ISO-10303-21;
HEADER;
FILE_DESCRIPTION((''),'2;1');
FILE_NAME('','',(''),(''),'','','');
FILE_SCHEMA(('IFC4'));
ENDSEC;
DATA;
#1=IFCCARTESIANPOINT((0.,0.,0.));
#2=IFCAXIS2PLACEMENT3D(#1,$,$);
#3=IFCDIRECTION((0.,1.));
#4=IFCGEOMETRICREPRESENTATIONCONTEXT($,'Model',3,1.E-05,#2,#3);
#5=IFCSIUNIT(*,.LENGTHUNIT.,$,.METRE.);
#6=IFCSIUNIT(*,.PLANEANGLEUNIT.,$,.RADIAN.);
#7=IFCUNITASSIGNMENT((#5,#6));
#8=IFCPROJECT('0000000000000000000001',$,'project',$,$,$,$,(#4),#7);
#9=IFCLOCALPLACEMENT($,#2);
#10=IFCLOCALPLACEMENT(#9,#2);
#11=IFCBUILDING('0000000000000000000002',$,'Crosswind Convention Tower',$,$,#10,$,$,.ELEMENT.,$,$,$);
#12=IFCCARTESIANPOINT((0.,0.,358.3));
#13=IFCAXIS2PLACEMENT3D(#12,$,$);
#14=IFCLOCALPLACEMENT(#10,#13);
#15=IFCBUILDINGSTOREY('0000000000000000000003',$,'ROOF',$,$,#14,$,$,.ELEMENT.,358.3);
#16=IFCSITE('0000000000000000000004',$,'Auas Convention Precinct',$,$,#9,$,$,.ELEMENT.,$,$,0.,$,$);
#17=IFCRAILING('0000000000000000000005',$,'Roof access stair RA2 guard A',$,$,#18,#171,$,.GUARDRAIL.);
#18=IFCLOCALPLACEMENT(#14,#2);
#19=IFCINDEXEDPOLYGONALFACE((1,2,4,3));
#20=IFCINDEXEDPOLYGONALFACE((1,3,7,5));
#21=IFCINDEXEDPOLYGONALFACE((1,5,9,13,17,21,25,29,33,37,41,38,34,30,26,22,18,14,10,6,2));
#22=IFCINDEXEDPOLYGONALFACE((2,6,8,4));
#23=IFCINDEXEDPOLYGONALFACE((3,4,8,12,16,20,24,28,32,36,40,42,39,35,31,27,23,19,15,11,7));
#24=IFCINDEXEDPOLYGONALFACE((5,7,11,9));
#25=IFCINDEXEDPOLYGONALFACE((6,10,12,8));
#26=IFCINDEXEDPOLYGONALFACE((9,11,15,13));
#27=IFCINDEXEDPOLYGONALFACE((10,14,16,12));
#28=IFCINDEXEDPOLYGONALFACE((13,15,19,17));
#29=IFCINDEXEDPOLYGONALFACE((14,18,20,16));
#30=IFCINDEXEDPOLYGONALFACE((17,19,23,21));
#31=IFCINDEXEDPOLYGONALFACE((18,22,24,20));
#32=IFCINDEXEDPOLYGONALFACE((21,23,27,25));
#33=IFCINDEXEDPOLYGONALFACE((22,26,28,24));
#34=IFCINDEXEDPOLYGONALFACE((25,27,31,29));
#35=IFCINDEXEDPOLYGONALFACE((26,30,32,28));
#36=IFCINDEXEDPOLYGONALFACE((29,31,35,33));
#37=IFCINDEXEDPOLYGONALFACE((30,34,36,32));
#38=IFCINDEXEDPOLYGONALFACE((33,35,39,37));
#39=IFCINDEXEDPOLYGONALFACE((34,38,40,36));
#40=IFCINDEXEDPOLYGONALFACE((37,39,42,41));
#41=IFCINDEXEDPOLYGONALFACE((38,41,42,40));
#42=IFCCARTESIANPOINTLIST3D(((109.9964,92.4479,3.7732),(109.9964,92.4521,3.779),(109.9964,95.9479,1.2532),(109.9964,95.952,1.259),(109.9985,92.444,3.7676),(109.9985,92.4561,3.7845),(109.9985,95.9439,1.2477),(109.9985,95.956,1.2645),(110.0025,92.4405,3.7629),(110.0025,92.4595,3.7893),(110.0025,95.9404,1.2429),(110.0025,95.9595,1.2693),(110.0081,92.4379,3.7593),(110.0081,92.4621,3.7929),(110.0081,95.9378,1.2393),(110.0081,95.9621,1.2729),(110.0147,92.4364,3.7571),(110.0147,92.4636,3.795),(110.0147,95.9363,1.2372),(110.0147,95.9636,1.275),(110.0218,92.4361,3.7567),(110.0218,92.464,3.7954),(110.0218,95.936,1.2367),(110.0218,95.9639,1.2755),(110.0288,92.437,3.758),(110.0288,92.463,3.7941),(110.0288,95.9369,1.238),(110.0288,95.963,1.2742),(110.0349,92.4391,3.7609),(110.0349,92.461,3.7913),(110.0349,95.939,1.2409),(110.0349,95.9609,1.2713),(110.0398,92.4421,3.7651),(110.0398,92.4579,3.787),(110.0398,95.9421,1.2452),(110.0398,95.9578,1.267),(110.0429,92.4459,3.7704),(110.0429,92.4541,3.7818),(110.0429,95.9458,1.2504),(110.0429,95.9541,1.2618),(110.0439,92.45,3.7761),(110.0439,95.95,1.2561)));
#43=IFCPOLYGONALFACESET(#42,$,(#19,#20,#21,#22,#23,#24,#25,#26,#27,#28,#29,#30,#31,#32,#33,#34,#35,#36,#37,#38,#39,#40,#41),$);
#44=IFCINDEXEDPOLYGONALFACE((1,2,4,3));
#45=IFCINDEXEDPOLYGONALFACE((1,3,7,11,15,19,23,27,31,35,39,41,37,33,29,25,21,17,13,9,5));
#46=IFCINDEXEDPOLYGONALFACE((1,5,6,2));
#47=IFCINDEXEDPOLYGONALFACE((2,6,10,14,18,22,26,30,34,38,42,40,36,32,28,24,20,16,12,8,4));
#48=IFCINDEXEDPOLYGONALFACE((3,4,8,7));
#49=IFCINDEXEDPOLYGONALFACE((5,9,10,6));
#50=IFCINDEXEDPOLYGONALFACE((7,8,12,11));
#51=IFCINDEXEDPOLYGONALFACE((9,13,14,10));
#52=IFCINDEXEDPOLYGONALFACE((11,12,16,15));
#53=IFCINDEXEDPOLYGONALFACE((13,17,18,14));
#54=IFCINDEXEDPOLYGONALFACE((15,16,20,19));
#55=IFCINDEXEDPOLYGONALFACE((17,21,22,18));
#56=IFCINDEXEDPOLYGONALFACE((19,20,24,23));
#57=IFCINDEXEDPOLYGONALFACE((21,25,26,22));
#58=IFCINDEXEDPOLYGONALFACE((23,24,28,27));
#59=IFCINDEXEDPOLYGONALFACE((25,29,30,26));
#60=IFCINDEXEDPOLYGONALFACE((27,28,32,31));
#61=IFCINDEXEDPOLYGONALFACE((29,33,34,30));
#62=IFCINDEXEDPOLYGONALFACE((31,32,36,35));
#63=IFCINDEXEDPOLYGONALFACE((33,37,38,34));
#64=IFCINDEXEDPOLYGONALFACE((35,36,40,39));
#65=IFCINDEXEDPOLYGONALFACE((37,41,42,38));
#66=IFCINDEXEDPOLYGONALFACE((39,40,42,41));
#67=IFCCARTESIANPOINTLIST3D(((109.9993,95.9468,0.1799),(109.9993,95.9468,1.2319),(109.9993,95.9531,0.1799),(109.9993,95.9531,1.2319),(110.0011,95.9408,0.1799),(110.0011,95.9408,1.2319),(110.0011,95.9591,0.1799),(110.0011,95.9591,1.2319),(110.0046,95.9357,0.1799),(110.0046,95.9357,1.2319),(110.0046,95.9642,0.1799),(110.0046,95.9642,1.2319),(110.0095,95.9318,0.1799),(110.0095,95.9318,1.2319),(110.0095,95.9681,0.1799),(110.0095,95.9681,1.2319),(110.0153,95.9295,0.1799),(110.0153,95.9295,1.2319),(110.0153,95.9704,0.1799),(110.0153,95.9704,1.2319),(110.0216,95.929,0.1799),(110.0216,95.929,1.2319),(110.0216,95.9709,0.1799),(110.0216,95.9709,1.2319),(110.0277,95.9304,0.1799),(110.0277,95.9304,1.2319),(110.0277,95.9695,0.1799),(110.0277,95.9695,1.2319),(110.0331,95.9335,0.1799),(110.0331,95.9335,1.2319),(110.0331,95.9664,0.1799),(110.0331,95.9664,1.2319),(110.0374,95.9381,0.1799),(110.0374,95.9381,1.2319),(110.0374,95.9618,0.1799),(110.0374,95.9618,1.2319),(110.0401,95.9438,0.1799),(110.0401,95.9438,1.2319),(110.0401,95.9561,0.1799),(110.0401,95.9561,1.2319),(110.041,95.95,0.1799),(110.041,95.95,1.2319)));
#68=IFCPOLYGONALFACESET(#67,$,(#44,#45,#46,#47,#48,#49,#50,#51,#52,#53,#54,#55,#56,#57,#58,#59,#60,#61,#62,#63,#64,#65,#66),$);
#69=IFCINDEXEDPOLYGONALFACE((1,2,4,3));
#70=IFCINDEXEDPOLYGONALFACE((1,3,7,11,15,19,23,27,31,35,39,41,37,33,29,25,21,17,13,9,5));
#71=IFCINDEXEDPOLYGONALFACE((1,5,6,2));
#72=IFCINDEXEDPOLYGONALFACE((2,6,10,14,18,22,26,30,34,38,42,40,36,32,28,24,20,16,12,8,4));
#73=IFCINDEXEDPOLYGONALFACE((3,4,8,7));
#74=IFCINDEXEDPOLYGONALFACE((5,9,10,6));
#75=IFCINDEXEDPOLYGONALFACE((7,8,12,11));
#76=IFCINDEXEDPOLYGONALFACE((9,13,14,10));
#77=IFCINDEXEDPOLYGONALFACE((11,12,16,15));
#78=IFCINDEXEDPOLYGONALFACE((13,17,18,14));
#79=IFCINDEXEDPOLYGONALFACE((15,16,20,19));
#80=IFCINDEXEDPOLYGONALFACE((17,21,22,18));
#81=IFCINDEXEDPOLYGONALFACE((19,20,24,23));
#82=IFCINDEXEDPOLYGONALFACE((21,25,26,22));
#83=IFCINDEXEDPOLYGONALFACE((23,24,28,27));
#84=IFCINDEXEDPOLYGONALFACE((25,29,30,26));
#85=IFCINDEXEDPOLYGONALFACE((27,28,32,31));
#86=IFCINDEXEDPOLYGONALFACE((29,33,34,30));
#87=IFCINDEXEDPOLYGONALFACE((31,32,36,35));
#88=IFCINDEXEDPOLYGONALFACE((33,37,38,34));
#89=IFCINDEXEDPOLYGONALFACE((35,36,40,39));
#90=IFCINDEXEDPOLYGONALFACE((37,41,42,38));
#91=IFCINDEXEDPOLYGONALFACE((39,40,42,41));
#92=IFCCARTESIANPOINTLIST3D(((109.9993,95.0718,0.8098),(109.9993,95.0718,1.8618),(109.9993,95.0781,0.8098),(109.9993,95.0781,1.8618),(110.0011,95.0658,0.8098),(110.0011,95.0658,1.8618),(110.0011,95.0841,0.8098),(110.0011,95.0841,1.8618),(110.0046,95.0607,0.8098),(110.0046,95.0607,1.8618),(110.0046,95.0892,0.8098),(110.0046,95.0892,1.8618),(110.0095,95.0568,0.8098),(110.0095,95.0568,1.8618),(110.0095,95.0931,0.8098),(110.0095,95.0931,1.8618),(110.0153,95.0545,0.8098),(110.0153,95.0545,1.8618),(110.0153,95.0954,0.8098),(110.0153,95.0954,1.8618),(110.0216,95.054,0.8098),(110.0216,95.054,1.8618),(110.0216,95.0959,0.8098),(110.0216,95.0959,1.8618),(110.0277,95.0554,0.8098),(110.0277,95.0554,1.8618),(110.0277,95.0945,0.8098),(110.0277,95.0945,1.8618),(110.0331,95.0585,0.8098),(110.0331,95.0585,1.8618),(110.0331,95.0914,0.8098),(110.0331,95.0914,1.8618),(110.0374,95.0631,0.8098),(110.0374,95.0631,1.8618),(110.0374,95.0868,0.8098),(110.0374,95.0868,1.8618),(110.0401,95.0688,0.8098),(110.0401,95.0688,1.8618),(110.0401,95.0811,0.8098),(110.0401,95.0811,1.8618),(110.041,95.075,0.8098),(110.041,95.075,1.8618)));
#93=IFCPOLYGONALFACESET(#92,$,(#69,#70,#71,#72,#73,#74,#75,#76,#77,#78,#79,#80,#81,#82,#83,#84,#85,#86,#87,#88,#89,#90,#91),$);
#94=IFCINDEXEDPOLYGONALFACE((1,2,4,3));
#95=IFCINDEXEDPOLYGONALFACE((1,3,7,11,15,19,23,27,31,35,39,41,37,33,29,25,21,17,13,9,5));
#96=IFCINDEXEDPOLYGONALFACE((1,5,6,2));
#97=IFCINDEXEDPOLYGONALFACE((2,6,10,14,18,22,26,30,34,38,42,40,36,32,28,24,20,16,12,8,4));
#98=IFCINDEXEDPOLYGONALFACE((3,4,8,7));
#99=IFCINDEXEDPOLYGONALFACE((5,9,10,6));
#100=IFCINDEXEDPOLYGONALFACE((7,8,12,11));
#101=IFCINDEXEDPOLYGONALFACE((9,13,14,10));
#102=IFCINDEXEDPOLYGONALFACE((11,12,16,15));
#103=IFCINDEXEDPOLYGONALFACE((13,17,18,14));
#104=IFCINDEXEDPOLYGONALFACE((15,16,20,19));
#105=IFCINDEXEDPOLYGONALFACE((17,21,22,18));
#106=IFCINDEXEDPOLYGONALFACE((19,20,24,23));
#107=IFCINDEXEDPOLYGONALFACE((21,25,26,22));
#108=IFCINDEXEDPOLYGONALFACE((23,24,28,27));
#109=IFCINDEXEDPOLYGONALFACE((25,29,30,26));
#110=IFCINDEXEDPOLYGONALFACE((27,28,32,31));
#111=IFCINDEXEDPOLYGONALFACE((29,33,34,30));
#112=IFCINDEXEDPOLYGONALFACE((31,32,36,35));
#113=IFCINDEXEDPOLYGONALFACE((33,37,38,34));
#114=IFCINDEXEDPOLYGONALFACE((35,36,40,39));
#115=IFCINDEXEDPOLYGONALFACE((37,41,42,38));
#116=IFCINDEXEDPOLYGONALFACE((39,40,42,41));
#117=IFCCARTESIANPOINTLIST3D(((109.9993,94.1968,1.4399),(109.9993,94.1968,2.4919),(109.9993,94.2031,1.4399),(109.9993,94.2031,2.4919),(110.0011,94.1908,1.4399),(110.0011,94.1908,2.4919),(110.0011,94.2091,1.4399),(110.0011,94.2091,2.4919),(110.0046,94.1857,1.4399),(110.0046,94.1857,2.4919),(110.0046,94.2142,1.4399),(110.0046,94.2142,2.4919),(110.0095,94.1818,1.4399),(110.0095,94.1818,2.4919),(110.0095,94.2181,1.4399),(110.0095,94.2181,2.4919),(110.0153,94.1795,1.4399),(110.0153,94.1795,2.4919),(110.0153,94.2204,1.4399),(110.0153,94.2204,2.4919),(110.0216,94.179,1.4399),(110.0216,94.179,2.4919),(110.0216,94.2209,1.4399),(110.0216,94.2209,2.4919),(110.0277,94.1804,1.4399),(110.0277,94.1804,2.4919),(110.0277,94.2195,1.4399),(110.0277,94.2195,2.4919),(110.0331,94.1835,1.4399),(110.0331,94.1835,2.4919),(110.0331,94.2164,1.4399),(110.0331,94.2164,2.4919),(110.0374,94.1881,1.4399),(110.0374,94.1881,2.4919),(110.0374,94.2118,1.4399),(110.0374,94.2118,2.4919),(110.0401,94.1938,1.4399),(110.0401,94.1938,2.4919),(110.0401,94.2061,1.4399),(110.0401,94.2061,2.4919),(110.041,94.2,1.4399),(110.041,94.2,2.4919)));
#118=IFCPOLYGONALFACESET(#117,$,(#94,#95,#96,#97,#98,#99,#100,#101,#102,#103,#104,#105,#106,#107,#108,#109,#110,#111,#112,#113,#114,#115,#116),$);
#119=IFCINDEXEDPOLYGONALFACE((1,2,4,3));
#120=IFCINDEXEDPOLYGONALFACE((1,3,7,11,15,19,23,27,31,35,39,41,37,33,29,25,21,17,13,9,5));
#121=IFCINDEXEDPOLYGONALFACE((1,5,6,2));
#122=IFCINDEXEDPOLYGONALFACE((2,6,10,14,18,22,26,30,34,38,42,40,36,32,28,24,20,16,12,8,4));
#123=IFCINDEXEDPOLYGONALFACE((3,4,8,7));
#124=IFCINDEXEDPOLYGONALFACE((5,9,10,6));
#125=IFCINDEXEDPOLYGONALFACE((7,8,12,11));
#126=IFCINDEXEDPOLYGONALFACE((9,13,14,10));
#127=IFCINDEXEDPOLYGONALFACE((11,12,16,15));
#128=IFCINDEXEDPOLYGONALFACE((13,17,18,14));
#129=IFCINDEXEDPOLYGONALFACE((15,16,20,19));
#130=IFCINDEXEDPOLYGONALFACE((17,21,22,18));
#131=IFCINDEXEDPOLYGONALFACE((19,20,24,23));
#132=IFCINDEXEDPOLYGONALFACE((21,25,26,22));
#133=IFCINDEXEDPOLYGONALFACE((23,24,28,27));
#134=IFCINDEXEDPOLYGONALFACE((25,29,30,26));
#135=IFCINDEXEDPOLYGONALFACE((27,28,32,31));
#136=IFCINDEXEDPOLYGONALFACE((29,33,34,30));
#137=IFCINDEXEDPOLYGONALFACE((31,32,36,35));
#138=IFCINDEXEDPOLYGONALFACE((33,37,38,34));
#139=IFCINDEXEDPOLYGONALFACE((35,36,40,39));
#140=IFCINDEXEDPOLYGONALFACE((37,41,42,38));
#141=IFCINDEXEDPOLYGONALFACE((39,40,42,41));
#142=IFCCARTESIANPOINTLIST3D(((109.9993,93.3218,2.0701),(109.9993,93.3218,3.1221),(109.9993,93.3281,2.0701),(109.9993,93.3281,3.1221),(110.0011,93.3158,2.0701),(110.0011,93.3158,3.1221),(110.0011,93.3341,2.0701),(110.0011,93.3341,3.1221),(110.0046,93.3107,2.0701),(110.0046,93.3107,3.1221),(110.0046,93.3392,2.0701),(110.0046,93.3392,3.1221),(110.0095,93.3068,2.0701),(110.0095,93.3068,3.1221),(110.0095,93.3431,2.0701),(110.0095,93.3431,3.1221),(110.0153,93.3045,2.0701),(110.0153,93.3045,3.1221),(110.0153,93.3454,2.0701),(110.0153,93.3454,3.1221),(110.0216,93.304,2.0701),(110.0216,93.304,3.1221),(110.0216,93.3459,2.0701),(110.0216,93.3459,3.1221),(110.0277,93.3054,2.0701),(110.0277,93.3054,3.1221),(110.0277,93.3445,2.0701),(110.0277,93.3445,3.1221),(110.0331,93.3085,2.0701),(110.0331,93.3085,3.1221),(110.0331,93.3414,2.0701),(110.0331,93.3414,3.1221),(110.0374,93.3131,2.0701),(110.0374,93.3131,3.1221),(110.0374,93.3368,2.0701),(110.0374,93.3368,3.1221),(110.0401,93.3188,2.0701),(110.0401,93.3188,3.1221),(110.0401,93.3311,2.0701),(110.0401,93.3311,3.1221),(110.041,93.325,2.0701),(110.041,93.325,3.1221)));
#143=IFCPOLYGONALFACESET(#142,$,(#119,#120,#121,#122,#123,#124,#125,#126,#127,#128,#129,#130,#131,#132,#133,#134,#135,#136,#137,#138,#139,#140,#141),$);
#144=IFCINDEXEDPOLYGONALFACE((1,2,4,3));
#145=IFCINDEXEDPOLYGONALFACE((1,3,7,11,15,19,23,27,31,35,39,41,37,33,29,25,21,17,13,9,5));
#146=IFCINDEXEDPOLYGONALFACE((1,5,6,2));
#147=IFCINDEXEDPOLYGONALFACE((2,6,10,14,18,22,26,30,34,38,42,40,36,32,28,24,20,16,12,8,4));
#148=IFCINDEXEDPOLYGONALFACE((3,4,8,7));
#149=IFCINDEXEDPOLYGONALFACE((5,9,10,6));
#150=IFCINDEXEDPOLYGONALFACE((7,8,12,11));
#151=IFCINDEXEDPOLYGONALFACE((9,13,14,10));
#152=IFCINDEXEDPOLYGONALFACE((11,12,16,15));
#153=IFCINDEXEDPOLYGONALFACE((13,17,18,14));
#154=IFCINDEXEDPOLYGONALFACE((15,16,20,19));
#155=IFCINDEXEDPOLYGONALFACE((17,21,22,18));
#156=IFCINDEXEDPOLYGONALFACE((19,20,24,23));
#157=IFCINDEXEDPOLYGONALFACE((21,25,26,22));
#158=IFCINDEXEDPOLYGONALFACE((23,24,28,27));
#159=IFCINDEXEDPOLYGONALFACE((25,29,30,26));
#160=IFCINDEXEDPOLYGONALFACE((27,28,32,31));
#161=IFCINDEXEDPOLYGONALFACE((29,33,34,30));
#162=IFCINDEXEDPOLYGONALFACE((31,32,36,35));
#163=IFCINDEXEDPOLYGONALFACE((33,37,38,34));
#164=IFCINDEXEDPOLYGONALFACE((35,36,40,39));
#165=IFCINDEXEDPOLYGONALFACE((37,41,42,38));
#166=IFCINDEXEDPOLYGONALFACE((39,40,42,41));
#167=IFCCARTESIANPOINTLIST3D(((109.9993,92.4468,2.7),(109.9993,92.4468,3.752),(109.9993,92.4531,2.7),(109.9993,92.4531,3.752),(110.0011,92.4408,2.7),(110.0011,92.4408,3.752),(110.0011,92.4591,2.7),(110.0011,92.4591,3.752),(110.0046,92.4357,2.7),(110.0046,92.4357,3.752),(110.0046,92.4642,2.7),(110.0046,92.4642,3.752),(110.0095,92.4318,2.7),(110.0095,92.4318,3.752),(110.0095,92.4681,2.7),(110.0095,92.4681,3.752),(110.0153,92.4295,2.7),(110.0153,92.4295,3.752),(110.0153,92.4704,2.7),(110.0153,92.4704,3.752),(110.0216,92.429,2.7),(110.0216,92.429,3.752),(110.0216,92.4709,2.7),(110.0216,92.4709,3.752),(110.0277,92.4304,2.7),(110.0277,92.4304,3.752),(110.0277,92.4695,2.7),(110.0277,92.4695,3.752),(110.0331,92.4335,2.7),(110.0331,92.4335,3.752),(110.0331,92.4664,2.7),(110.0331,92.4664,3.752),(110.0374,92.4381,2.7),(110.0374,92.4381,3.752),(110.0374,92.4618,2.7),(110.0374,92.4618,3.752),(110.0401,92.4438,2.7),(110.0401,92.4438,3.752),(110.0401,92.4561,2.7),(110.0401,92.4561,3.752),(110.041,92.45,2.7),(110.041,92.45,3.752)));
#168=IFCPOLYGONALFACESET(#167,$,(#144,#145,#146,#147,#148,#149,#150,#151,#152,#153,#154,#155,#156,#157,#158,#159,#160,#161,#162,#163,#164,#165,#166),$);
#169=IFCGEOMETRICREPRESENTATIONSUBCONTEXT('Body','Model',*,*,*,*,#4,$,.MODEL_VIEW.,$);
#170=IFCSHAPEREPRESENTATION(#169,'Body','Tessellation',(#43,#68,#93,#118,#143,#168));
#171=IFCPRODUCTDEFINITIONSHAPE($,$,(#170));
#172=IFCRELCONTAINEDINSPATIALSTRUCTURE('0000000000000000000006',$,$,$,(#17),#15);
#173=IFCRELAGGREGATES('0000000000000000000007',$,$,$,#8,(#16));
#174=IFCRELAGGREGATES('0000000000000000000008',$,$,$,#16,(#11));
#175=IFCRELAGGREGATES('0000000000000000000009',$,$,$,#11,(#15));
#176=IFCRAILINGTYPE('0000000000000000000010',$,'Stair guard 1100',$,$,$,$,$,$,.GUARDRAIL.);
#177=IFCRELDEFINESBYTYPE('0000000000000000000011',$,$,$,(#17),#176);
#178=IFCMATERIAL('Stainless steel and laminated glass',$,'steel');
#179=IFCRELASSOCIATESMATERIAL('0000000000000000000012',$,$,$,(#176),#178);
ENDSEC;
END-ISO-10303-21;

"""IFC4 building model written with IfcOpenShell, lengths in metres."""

from ifc_helpers import new_model, si_unit, direction, frame, origin, origin_2d, place, context, subcontext, project, spatial, circle, extrude, material, type_object, element, save


model = new_model("IFC4")

# Units and contexts
model_context = context("Model", 3, precision=1e-05, world=origin(), true_north=direction((0.0, 1.0)))
body_context = subcontext(model_context, "Body", "Model", "MODEL_VIEW")
ifc_project = project(units=[si_unit("LENGTHUNIT", "METRE"), si_unit("PLANEANGLEUNIT", "RADIAN")], contexts=[model_context])

# Site, building, storey
site_placement = place(None, origin())
site = spatial("IfcSite", under=ifc_project, at=site_placement, Name="Auas Convention Precinct", CompositionType="ELEMENT", RefElevation=0.0)
building_placement = place(site_placement, origin())
building = spatial("IfcBuilding", under=site, at=building_placement, Name="Crosswind Convention Tower", CompositionType="ELEMENT")
storey_placement = place(building_placement, frame((0.0, 0.0, 358.3)))
storey = spatial("IfcBuildingStorey", under=building, at=storey_placement, Name="ROOF", CompositionType="ELEMENT", Elevation=358.3)

# Railing
ifc_material_1 = material(Name="Stainless steel and laminated glass", Category="steel")
railing_type_1 = type_object("IfcRailingType", Name="Stair guard 1100", PredefinedType="GUARDRAIL", material=ifc_material_1)
for number, where, name in (
    (1, (110.02, 95.95, 0.1799), "Roof access stair RA2 guard A"),
):
    element("IfcRailing", number, at=place(storey_placement, frame(where)), inside=storey, type_object=railing_type_1, Name=name, PredefinedType="GUARDRAIL", context=body_context, shape_type="SweptSolid", body=[
        extrude(circle(Radius=0.0239, at=origin_2d()), frame((0.0, 0.0, 1.0762), z_axis=(0.0, -0.811532, 0.584308), x_axis=(1.0, 0.0, 0.0)), (0.0, 0.0, 1.0), 4.3127),
        extrude(circle(Radius=0.021, at=origin_2d()), origin(), (0.0, 0.0, 1.0), 1.052),
        extrude(circle(Radius=0.021, at=origin_2d()), frame((0.0, -0.875, 0.6299)), (0.0, 0.0, 1.0), 1.052),
        extrude(circle(Radius=0.021, at=origin_2d()), frame((0.0, -1.75, 1.26)), (0.0, 0.0, 1.0), 1.052),
        extrude(circle(Radius=0.021, at=origin_2d()), frame((0.0, -2.625, 1.8901)), (0.0, 0.0, 1.0), 1.052),
        extrude(circle(Radius=0.021, at=origin_2d()), frame((0.0, -3.5, 2.52)), (0.0, 0.0, 1.0), 1.052),
    ])

save(model, "model.ifc")
